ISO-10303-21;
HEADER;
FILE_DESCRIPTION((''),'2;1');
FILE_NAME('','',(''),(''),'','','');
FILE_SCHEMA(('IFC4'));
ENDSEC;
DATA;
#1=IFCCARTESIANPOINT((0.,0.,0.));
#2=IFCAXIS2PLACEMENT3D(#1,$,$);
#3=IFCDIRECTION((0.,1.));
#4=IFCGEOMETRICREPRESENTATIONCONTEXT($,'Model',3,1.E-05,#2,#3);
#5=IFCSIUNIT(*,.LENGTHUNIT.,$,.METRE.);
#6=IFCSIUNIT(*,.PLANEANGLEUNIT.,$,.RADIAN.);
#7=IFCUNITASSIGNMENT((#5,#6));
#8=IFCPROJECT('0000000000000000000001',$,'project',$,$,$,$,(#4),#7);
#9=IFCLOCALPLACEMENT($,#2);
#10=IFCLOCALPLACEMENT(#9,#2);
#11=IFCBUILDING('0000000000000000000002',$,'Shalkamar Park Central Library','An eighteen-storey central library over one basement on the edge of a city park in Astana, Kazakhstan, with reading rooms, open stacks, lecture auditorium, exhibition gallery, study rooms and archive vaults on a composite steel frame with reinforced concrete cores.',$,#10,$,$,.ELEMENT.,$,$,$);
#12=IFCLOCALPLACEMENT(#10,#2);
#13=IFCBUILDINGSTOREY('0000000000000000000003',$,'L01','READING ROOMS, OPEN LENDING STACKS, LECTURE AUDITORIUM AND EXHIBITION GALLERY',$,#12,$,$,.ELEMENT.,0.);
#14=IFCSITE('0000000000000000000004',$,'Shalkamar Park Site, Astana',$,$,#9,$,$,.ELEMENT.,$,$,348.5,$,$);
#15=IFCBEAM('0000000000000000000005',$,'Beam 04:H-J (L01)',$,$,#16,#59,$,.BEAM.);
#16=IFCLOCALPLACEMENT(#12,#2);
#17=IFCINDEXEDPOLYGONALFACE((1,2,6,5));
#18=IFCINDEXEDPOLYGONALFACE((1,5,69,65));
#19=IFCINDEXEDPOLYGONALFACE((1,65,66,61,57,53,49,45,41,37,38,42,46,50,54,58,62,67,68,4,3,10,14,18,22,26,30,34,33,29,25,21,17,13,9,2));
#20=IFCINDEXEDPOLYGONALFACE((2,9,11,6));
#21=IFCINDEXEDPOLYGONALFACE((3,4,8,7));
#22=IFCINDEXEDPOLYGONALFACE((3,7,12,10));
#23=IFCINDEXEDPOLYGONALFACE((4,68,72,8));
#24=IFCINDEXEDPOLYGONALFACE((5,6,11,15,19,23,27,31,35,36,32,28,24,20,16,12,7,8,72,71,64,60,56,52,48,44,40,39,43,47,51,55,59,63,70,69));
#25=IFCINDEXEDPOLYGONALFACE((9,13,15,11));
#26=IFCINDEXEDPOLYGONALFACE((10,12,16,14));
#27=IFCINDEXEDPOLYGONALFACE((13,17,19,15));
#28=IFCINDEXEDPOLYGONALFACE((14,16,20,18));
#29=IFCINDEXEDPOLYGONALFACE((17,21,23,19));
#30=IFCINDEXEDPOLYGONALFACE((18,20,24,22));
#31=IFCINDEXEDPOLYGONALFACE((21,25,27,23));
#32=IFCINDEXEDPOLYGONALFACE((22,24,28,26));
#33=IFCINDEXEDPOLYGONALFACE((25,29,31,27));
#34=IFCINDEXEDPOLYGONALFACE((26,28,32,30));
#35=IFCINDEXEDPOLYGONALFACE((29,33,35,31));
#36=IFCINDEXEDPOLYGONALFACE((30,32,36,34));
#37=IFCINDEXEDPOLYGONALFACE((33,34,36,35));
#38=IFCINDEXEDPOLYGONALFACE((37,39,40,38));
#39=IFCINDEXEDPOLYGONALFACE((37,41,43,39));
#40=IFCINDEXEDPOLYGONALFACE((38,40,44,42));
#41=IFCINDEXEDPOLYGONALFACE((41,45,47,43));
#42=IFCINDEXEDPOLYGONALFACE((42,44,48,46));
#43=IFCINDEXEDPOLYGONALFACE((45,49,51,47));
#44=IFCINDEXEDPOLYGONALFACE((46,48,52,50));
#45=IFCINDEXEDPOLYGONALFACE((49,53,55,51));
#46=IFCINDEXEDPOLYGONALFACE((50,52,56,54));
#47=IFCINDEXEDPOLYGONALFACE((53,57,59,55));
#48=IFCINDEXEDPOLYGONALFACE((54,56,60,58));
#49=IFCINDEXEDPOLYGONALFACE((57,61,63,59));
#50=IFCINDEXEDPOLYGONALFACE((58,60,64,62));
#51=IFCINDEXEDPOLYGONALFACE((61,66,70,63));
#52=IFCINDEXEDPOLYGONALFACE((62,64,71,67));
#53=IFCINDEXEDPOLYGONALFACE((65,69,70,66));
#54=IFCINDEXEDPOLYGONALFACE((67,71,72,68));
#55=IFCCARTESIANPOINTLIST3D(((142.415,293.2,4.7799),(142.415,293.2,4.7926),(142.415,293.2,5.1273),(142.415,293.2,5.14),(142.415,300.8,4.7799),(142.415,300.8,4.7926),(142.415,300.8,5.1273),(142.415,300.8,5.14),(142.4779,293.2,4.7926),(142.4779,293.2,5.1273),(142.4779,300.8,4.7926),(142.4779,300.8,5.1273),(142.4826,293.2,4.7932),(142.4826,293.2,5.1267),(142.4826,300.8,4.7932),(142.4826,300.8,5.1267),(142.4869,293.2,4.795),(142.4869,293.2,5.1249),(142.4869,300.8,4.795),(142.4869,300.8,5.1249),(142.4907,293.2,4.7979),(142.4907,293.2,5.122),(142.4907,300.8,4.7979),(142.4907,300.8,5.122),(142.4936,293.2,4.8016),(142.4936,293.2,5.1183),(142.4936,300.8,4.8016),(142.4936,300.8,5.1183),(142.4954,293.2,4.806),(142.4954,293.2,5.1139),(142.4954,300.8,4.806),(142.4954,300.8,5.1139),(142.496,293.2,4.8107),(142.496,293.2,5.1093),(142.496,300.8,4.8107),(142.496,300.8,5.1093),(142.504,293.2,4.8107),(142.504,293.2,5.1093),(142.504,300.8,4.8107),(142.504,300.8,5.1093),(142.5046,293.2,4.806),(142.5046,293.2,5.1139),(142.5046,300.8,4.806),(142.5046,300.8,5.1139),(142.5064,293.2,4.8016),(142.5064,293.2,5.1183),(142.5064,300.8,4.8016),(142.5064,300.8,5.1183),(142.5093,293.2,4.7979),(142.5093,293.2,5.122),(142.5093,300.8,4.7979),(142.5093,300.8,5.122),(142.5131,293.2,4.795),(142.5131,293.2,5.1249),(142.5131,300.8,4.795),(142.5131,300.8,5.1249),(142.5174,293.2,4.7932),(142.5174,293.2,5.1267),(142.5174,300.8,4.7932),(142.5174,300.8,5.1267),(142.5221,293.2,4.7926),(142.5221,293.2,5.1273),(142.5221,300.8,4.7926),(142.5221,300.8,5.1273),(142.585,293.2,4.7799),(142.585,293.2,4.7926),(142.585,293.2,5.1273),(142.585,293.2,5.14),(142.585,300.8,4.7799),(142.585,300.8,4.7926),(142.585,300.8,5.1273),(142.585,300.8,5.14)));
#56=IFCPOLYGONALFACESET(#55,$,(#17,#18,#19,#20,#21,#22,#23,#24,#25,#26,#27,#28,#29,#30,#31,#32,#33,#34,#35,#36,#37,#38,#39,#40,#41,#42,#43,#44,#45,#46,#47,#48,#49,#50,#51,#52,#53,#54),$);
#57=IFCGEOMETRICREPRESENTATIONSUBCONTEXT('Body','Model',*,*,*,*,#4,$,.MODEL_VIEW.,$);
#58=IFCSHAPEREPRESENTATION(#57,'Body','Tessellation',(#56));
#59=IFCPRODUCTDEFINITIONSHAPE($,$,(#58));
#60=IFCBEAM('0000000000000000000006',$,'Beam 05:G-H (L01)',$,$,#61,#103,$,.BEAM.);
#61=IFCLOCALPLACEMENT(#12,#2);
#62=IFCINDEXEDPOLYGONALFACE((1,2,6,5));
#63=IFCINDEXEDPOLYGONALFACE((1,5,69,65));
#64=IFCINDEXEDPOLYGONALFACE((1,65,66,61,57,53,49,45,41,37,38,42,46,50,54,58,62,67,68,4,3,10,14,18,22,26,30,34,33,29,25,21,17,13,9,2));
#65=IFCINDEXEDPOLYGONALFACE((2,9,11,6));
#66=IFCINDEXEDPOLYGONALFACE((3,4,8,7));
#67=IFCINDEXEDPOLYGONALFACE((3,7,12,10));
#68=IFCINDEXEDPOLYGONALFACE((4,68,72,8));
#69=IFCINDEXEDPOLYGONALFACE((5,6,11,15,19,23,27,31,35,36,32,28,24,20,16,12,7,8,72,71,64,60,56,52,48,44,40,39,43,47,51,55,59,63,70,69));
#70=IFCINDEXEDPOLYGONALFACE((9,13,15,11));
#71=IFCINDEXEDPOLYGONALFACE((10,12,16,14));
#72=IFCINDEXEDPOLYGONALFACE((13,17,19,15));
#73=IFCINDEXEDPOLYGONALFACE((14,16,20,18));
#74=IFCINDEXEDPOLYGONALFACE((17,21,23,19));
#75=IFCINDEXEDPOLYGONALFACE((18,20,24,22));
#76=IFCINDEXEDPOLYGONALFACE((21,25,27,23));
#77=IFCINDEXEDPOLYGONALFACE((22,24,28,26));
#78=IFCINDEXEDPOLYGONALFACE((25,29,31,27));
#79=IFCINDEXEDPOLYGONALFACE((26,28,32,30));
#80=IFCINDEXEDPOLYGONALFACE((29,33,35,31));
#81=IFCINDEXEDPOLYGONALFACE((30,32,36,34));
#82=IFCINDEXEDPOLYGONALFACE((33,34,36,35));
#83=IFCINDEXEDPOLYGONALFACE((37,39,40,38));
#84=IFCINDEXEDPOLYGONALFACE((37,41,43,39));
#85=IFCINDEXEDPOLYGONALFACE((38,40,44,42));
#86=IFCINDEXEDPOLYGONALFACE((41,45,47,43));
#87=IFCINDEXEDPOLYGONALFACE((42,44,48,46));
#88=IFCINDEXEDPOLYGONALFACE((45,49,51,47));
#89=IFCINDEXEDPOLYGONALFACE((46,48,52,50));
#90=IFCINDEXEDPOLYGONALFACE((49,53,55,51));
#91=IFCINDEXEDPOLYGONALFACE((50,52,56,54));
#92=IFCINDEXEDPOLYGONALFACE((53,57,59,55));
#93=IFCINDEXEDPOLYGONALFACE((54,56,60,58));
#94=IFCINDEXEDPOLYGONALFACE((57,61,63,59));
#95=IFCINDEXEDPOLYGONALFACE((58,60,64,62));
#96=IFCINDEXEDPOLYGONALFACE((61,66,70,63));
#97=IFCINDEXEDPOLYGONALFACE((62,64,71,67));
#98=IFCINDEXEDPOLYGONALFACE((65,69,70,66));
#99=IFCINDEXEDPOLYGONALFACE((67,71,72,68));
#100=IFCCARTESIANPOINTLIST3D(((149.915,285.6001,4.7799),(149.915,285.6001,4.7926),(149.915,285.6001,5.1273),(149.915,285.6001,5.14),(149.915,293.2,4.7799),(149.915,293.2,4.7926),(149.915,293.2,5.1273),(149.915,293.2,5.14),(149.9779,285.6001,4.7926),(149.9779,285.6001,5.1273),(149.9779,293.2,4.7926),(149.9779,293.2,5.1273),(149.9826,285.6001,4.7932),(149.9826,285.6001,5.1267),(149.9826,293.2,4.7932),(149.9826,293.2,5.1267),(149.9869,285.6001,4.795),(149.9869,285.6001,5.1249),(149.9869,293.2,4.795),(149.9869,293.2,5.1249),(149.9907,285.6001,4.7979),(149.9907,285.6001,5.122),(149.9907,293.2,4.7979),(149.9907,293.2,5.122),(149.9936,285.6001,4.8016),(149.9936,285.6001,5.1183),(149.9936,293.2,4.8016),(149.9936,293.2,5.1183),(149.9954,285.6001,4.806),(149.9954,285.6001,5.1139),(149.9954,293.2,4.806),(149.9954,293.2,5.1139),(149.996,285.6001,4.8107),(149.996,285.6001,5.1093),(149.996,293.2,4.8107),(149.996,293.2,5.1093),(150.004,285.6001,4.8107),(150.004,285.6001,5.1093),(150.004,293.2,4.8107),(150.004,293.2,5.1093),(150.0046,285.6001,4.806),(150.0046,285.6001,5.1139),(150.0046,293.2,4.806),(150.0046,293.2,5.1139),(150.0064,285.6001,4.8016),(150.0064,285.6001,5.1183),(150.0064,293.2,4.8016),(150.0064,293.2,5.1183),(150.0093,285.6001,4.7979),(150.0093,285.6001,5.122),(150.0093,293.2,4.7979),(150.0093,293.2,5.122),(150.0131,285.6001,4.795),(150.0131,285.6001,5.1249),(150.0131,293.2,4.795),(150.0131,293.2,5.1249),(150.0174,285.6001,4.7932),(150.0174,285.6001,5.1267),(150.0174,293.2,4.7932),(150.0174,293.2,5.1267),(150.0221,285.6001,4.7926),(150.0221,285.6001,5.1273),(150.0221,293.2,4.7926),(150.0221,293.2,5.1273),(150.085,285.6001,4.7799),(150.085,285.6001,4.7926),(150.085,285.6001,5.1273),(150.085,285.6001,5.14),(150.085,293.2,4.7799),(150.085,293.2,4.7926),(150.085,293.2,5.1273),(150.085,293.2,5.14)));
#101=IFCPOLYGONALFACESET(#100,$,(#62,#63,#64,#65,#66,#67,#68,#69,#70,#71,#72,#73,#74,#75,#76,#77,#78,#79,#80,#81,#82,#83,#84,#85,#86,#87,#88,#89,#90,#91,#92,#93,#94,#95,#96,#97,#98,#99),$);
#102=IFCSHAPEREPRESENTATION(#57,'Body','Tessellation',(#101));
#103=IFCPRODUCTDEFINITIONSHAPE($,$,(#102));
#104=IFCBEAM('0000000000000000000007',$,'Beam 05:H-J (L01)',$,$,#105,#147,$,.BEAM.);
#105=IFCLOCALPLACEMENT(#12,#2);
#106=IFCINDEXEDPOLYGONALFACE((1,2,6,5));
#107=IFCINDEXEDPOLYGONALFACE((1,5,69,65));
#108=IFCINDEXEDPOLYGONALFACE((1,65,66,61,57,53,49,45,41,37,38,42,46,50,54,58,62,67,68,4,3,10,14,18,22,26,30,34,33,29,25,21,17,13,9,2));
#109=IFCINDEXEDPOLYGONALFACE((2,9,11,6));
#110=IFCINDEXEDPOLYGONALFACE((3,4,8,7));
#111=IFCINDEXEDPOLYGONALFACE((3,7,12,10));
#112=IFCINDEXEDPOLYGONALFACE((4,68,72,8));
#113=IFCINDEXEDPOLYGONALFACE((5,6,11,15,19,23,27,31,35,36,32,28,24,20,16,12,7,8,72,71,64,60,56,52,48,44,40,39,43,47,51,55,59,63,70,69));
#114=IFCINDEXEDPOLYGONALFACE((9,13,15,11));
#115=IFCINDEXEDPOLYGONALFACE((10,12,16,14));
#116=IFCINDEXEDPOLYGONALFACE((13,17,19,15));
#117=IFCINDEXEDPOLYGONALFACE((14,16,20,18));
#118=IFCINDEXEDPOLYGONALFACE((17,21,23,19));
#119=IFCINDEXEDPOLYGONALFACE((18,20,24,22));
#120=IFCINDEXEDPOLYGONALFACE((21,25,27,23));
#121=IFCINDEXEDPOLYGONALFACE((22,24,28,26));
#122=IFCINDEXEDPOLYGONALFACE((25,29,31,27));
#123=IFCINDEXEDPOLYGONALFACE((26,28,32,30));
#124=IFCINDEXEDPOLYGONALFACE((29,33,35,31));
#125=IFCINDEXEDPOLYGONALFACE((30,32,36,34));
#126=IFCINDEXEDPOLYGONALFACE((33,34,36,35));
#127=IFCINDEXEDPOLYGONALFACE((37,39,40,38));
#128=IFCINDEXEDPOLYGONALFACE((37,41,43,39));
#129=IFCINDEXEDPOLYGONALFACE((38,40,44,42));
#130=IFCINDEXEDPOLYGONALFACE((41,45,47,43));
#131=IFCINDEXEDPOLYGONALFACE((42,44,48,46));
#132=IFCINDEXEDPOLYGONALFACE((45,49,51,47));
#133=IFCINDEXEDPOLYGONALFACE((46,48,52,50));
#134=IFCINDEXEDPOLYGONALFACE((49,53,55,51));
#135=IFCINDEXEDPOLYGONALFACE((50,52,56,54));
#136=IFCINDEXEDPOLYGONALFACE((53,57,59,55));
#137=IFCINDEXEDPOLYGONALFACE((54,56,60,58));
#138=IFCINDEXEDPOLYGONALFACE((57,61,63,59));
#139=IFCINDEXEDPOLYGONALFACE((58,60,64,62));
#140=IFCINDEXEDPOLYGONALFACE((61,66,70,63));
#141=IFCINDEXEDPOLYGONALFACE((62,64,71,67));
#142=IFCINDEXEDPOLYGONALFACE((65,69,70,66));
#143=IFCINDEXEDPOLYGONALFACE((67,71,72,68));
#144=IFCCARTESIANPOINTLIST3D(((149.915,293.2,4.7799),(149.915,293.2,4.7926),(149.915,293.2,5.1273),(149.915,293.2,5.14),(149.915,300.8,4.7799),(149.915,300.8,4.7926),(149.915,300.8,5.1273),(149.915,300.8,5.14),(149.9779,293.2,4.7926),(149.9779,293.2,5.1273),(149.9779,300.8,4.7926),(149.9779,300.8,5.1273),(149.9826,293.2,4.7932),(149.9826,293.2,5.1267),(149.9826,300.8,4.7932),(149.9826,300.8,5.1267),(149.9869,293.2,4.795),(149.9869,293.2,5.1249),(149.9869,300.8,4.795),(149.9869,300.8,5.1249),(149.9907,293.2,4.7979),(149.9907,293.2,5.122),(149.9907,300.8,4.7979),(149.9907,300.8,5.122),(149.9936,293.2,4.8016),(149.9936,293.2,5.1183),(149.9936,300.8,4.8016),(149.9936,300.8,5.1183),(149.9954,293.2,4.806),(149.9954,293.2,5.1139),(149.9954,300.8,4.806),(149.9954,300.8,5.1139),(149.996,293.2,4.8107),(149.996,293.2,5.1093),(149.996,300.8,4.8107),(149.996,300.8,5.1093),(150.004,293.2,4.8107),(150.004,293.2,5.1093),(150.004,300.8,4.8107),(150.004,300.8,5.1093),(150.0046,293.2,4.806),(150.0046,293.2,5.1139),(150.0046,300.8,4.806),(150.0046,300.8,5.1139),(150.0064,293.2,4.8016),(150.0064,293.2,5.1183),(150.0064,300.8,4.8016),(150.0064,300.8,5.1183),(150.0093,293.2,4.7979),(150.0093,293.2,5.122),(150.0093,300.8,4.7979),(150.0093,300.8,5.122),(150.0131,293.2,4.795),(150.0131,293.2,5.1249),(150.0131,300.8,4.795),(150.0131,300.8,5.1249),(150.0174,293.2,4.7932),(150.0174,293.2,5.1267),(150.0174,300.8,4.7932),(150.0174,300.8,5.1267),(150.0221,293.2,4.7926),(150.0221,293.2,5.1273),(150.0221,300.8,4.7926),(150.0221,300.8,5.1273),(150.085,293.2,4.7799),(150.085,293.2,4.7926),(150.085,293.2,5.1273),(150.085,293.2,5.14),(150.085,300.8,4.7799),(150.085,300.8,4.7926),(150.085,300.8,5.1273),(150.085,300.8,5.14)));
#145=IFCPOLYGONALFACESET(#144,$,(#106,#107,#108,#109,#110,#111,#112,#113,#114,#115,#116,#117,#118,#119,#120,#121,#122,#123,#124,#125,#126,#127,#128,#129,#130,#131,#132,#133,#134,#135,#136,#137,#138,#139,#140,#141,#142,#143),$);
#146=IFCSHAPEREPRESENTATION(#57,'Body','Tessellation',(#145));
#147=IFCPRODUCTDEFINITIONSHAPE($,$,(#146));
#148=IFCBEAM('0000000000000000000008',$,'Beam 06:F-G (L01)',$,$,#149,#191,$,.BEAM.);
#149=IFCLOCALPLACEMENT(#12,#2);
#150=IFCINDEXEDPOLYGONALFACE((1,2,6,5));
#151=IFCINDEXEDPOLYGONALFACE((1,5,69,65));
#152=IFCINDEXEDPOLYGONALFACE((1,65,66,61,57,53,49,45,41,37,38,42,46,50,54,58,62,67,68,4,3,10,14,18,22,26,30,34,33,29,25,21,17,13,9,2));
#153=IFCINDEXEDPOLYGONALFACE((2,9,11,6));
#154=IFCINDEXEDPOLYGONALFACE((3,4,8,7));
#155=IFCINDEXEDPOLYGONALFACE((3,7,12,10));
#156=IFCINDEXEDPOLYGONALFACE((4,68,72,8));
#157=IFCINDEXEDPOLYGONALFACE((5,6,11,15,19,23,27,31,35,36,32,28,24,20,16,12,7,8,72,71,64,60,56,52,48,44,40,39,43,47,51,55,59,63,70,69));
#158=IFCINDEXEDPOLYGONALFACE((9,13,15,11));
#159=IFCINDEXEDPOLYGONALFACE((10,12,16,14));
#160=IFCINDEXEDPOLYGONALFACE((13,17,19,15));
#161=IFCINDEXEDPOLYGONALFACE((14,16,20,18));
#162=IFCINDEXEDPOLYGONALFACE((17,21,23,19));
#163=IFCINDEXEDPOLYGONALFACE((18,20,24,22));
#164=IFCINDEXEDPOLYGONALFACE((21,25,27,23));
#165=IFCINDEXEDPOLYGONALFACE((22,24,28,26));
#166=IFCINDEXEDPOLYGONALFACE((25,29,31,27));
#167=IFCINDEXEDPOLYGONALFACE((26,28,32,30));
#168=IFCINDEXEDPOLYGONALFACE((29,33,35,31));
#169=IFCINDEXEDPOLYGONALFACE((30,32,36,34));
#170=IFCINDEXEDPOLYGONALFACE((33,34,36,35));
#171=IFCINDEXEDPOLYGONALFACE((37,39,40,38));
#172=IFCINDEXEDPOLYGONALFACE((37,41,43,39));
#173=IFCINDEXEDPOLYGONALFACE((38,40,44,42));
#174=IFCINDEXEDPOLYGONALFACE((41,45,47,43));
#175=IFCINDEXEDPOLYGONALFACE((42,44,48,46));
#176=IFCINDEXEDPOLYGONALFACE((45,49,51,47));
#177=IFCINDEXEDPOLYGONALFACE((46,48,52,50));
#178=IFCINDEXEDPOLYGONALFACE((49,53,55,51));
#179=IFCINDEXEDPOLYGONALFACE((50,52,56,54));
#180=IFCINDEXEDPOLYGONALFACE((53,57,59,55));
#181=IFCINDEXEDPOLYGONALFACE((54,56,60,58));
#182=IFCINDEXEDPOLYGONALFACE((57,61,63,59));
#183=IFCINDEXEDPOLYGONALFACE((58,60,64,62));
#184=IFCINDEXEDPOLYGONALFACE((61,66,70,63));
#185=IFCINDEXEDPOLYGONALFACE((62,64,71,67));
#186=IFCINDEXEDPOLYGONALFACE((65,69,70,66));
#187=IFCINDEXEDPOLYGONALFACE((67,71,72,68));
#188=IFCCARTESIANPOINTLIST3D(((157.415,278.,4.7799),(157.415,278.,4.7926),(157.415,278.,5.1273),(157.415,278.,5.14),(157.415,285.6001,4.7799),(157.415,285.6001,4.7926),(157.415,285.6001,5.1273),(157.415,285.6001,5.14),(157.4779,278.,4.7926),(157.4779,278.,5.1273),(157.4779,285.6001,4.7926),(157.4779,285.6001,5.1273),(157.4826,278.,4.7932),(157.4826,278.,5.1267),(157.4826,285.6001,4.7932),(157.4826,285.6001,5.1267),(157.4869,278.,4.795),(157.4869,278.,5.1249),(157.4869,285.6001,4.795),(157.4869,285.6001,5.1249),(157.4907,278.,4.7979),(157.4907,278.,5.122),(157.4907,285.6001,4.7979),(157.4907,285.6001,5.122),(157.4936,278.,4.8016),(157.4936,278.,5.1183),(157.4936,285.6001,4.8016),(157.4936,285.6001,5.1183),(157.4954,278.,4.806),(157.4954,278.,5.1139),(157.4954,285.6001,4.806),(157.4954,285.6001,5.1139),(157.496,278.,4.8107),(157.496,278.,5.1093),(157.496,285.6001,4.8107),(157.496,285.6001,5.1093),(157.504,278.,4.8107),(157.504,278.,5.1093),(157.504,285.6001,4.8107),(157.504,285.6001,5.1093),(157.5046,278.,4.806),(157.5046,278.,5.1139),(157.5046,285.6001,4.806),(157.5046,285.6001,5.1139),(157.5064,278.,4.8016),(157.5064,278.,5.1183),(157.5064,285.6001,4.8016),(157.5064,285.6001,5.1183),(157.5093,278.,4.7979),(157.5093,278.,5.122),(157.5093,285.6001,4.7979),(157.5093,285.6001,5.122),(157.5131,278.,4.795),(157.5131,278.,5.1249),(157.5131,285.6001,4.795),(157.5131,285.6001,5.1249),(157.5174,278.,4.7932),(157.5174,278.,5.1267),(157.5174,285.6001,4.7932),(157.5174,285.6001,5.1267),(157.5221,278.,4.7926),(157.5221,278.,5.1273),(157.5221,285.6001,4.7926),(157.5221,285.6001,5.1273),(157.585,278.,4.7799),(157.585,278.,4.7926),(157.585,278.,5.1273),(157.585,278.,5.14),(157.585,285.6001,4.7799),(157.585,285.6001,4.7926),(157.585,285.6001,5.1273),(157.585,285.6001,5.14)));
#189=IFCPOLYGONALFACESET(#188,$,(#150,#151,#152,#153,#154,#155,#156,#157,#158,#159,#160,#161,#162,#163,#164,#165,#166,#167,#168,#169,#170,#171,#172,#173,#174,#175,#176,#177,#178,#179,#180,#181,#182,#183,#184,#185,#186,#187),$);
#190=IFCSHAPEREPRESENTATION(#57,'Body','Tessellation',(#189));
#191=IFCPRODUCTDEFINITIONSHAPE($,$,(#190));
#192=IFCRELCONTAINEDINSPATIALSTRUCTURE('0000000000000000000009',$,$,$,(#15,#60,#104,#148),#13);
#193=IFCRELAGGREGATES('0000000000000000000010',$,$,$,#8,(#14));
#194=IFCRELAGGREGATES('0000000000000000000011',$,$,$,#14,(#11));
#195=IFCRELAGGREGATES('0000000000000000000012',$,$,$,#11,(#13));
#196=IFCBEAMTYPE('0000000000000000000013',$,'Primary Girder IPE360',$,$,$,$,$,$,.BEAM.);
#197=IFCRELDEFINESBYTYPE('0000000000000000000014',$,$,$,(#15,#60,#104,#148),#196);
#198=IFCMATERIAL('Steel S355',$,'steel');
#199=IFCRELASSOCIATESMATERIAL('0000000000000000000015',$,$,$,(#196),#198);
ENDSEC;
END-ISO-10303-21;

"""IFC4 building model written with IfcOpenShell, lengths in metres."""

from ifc_helpers import new_model, si_unit, direction, frame, origin, origin_2d, place, context, subcontext, project, spatial, i_section, extrude, material, material_profile, profile_set, type_object, element, save


model = new_model("IFC4")

# Units and contexts
model_context = context("Model", 3, precision=1e-05, world=origin(), true_north=direction((0.0, 1.0)))
body_context = subcontext(model_context, "Body", "Model", "MODEL_VIEW")
ifc_project = project(units=[si_unit("LENGTHUNIT", "METRE"), si_unit("PLANEANGLEUNIT", "RADIAN")], contexts=[model_context])

# Site, building, storey
site_placement = place(None, origin())
site = spatial("IfcSite", under=ifc_project, at=site_placement, Name="Shalkamar Park Site, Astana", CompositionType="ELEMENT", RefElevation=348.5)
building_placement = place(site_placement, origin())
building = spatial("IfcBuilding", under=site, at=building_placement, Name="Shalkamar Park Central Library", Description="An eighteen-storey central library over one basement on the edge of a city park in Astana, Kazakhstan, with reading rooms, open stacks, lecture auditorium, exhibition gallery, study rooms and archive vaults on a composite steel frame with reinforced concrete cores.", CompositionType="ELEMENT")
storey_placement = place(building_placement, origin())
storey = spatial("IfcBuildingStorey", under=building, at=storey_placement, Name="L01", Description="READING ROOMS, OPEN LENDING STACKS, LECTURE AUDITORIUM AND EXHIBITION GALLERY", CompositionType="ELEMENT", Elevation=0.0)

# Shared definitions
ifc_material = material(Name="Steel S355", Category="steel")

# Beams
ifc_material_profile_1 = material_profile(ifc_material, i_section(OverallWidth=0.1699, OverallDepth=0.3601, WebThickness=0.0081, FlangeThickness=0.0127, FilletRadius=0.0181, at=origin_2d()), Name="IPE 360")
ifc_profile_set_1 = profile_set([ifc_material_profile_1], Name="Steel S355")
beam_type = type_object("IfcBeamType", Name="Primary Girder IPE360", PredefinedType="BEAM", material=ifc_profile_set_1)
beam_1_placement = place(storey_placement, frame((142.5, 293.2, 4.96), z_axis=(0.0, 1.0, 0.0), x_axis=(-1.0, 0.0, 0.0)))
element("IfcBeam", 1, at=beam_1_placement, inside=storey, type_object=beam_type, Name="Beam 04:H-J (L01)", PredefinedType="BEAM", context=body_context, shape_type="SweptSolid", body=[
    extrude(i_section(OverallWidth=0.1699, OverallDepth=0.3601, WebThickness=0.0081, FlangeThickness=0.0127, FilletRadius=0.0181, at=origin_2d()), origin(), (0.0, 0.0, 1.0), 7.6001),
])
beam_2_placement = place(storey_placement, frame((150.0, 285.6001, 4.96), z_axis=(0.0, 1.0, 0.0), x_axis=(-1.0, 0.0, 0.0)))
element("IfcBeam", 2, at=beam_2_placement, inside=storey, type_object=beam_type, Name="Beam 05:G-H (L01)", PredefinedType="BEAM", context=body_context, shape_type="SweptSolid", body=[
    extrude(i_section(OverallWidth=0.1699, OverallDepth=0.3601, WebThickness=0.0081, FlangeThickness=0.0127, FilletRadius=0.0181, at=origin_2d()), origin(), (0.0, 0.0, 1.0), 7.5999),
])
for number, where, z_axis, x_axis, name in (
    (3, (150.0, 293.2, 4.96), (0.0, 1.0, 0.0), (-1.0, 0.0, 0.0), "Beam 05:H-J (L01)"),
    (4, (157.5, 278.0, 4.96), (0.0, 1.0, 0.0), (-1.0, 0.0, 0.0), "Beam 06:F-G (L01)"),
):
    element("IfcBeam", number, at=place(storey_placement, frame(where, z_axis=z_axis, x_axis=x_axis)), inside=storey, type_object=beam_type, Name=name, PredefinedType="BEAM", context=body_context, shape_type="SweptSolid", body=[
        extrude(i_section(OverallWidth=0.1699, OverallDepth=0.3601, WebThickness=0.0081, FlangeThickness=0.0127, FilletRadius=0.0181, at=origin_2d()), origin(), (0.0, 0.0, 1.0), 7.6001),
    ])

save(model, "model.ifc")
